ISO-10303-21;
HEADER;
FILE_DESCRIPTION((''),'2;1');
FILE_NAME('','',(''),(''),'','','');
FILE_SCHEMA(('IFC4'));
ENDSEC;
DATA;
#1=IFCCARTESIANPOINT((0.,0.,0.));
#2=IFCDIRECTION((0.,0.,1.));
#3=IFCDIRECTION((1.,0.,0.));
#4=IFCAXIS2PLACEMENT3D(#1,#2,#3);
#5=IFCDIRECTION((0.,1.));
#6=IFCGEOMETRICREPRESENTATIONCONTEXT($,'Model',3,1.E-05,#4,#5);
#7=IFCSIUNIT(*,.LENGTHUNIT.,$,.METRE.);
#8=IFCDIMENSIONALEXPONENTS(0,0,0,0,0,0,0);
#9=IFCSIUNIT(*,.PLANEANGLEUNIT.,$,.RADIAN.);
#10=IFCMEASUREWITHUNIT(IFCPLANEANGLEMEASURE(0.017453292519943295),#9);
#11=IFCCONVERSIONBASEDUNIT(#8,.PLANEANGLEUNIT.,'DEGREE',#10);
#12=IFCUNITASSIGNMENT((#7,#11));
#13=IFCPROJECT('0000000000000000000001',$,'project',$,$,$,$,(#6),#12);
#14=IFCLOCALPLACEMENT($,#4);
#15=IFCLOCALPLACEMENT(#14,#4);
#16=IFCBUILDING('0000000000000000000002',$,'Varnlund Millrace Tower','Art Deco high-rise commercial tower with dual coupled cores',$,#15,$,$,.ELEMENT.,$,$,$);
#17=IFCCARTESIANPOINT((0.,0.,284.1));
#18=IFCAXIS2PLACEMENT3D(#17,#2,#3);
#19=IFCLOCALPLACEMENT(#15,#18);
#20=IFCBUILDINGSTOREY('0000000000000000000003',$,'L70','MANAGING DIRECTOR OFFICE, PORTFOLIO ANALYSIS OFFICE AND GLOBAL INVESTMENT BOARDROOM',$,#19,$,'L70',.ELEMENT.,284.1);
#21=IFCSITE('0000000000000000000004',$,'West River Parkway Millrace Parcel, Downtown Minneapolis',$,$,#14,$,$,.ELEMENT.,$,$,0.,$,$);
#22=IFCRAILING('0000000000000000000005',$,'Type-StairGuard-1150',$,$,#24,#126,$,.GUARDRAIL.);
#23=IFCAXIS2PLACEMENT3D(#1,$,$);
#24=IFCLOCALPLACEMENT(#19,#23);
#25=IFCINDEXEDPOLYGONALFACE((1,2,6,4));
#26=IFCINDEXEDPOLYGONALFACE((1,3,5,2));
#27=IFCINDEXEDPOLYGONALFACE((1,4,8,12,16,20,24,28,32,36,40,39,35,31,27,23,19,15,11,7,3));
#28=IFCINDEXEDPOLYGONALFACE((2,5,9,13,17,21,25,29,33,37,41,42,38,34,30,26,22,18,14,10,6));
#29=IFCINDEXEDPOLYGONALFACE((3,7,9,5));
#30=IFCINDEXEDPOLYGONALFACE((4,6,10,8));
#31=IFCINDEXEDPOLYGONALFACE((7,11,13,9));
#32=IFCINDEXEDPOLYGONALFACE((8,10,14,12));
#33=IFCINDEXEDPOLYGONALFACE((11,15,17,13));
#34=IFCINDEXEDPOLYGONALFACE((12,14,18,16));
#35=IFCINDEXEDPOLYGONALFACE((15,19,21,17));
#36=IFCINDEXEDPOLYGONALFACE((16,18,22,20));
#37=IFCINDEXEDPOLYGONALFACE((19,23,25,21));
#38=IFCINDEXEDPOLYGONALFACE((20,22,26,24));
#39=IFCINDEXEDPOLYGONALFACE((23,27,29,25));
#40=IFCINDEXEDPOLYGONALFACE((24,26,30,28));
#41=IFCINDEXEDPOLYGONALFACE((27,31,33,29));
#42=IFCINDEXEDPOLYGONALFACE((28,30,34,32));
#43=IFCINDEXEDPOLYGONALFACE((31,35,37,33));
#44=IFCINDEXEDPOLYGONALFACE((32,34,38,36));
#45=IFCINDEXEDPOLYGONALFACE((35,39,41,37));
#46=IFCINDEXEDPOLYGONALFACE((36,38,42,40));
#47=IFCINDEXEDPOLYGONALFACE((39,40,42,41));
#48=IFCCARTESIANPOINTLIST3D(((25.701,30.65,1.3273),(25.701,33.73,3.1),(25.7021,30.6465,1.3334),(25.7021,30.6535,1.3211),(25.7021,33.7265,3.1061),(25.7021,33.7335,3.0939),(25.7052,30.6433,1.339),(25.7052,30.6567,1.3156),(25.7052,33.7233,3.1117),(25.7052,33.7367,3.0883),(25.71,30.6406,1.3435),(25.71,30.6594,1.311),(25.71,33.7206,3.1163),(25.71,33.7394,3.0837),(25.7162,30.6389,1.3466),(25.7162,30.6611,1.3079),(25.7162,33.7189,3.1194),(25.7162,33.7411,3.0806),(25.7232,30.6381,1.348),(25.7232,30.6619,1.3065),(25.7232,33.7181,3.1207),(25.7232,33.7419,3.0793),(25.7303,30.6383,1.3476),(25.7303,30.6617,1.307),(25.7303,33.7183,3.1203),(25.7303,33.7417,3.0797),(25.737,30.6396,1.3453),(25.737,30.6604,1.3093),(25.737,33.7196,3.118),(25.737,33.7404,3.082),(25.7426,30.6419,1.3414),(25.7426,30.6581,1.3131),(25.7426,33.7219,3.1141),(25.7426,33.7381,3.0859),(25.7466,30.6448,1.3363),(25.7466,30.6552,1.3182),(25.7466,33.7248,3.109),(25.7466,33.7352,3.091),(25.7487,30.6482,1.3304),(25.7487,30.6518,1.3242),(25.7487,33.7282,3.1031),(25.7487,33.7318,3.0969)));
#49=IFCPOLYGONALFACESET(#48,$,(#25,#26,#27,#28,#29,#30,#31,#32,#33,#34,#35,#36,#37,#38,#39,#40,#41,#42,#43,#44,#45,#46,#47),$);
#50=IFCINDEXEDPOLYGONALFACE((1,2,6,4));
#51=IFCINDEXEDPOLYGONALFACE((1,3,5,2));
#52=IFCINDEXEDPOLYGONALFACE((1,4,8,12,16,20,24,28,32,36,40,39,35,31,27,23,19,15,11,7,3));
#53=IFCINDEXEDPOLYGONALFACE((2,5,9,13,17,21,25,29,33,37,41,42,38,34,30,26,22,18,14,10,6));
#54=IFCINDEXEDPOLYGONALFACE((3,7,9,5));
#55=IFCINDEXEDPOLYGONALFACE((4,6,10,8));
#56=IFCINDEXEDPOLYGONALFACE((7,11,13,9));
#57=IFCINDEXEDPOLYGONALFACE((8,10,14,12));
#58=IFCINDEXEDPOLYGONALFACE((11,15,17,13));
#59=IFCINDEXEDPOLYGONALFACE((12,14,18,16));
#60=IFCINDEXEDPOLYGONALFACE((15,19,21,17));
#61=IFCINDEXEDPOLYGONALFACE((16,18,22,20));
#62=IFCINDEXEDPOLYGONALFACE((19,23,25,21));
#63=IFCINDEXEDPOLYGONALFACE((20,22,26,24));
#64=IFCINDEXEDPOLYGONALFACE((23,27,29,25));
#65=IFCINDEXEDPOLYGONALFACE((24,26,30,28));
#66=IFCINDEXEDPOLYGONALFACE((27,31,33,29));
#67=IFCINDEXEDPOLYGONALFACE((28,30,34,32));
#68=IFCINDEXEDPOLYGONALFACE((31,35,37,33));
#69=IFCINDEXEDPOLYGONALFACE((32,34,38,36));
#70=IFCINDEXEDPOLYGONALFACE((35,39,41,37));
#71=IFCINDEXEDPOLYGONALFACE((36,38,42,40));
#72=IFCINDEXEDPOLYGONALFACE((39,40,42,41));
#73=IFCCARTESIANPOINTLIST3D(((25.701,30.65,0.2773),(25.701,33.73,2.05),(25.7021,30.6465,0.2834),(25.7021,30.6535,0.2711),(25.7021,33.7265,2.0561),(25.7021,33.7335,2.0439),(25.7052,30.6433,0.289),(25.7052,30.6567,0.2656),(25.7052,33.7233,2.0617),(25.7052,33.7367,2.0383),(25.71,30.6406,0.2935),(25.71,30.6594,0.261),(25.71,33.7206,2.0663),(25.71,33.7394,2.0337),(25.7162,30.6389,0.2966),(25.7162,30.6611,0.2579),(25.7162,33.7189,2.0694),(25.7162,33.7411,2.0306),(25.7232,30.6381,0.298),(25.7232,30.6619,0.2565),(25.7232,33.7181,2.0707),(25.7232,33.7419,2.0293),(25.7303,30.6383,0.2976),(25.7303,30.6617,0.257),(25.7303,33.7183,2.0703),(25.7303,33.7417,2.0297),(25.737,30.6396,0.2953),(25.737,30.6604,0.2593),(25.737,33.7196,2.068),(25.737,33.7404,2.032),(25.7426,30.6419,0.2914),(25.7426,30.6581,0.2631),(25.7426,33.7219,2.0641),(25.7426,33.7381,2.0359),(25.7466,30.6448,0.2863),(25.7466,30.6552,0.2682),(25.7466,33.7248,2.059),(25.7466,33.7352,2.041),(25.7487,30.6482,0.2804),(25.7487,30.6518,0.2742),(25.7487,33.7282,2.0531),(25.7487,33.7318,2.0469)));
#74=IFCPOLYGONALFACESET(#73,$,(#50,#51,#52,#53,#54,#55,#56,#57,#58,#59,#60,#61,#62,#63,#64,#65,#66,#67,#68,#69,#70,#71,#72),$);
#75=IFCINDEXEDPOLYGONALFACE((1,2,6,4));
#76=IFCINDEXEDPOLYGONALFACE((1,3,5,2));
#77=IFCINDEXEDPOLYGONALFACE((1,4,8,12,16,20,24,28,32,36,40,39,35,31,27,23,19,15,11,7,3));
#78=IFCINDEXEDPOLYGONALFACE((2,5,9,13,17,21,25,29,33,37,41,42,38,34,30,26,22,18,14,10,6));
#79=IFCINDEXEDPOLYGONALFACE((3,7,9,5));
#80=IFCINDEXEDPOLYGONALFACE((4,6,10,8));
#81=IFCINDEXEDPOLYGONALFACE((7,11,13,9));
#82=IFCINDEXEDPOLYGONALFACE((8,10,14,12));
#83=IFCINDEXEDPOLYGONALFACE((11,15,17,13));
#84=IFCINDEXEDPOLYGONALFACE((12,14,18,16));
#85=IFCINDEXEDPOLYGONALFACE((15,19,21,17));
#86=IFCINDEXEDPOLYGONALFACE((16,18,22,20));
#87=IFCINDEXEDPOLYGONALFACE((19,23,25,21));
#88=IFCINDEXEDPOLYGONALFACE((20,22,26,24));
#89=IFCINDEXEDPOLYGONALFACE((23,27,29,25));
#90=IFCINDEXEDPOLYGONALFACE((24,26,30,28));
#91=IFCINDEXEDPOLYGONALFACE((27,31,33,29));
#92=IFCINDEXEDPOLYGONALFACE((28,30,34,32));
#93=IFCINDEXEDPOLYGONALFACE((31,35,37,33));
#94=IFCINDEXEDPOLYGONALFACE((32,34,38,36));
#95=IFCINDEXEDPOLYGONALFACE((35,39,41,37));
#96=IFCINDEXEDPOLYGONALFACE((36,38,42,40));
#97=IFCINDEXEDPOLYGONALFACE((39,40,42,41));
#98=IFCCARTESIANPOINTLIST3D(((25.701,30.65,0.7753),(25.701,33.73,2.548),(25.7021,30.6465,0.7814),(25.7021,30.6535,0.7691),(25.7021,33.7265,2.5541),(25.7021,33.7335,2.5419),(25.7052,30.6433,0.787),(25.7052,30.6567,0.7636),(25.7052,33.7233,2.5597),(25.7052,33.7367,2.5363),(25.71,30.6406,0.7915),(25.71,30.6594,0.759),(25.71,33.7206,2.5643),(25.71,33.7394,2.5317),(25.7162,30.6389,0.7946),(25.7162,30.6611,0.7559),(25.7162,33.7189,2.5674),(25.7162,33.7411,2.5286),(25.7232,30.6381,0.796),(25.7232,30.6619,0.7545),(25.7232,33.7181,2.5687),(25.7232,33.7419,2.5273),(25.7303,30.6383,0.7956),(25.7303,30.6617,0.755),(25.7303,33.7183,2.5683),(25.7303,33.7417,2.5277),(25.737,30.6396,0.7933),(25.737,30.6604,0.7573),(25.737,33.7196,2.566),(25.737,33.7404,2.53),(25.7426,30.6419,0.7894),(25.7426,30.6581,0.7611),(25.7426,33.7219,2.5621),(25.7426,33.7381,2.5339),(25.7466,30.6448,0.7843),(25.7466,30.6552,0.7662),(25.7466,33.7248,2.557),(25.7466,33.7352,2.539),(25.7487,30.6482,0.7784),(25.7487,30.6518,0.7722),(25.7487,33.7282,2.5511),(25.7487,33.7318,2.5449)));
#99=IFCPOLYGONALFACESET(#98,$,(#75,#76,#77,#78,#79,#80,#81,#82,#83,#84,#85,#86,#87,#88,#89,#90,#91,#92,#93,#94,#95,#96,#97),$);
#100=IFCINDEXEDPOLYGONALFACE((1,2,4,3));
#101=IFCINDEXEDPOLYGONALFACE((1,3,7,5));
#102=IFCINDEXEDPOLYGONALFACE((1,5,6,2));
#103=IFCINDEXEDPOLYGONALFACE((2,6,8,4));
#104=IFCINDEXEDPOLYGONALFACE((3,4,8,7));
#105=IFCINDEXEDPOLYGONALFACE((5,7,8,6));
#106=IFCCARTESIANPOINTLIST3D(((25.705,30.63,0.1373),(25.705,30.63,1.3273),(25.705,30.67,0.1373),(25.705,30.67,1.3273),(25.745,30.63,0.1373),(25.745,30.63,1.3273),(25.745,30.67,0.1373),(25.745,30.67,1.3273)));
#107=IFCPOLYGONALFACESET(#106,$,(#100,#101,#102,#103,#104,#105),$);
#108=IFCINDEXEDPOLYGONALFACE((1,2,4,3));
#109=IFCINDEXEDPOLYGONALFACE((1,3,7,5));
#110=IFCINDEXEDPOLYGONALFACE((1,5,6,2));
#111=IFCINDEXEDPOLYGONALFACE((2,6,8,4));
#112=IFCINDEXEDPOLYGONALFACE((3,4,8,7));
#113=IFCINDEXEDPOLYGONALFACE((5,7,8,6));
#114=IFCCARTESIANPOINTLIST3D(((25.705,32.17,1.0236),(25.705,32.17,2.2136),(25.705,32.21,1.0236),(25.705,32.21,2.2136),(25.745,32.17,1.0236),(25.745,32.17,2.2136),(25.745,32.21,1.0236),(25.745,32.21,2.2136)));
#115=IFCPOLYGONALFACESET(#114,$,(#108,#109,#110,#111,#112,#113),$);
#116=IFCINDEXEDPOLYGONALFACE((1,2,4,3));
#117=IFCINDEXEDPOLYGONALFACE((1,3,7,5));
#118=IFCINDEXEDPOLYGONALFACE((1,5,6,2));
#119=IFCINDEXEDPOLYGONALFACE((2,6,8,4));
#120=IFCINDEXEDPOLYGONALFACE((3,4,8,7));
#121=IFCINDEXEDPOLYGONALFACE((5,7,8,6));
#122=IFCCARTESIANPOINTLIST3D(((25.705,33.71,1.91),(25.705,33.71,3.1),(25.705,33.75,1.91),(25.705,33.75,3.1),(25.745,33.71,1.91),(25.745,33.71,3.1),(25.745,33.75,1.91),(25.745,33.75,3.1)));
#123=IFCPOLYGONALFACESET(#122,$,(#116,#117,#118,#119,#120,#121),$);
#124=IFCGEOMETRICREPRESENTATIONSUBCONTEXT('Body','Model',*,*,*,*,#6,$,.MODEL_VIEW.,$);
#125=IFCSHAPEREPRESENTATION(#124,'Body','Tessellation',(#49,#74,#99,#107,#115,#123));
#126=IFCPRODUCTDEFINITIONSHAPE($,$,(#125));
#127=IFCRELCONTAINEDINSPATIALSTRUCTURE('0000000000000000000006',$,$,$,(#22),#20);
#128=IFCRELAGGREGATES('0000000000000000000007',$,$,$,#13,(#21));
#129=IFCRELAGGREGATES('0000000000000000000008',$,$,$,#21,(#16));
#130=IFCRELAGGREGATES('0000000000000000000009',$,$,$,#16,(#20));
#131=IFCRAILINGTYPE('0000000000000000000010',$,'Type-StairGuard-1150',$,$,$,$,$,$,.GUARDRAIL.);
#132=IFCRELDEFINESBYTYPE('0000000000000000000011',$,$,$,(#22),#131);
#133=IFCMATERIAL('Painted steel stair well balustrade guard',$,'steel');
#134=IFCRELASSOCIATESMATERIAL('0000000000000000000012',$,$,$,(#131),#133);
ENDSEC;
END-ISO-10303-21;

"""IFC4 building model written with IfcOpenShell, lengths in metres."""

from ifc_helpers import new_model, entity, si_unit, converted_unit, direction, frame, origin_with_axes, origin_2d_with_axis, place, context, subcontext, project, spatial, rectangle, circle, extrude, material, type_object, element, save


model = new_model("IFC4")

# Units and contexts
model_context = context("Model", 3, precision=1e-05, world=origin_with_axes(), true_north=direction((0.0, 1.0)))
body_context = subcontext(model_context, "Body", "Model", "MODEL_VIEW")
ifc_project = project(units=[si_unit("LENGTHUNIT", "METRE"), converted_unit("PLANEANGLEUNIT", "DEGREE", entity("IfcPlaneAngleMeasure", 0.017453292519943295), si_unit("PLANEANGLEUNIT", "RADIAN"), dimensions=[0, 0, 0, 0, 0, 0, 0])], contexts=[model_context])

# Site, building, storey
site_placement = place(None, origin_with_axes())
site = spatial("IfcSite", under=ifc_project, at=site_placement, Name="West River Parkway Millrace Parcel, Downtown Minneapolis", CompositionType="ELEMENT", RefElevation=0.0)
building_placement = place(site_placement, origin_with_axes())
building = spatial("IfcBuilding", under=site, at=building_placement, Name="Varnlund Millrace Tower", Description="Art Deco high-rise commercial tower with dual coupled cores", CompositionType="ELEMENT")
storey_placement = place(building_placement, frame((0.0, 0.0, 284.1), z_axis=(0.0, 0.0, 1.0), x_axis=(1.0, 0.0, 0.0)))
storey = spatial("IfcBuildingStorey", under=building, at=storey_placement, Name="L70", Description="MANAGING DIRECTOR OFFICE, PORTFOLIO ANALYSIS OFFICE AND GLOBAL INVESTMENT BOARDROOM", LongName="L70", CompositionType="ELEMENT", Elevation=284.1)

# Railing
ifc_material_1 = material(Name="Painted steel stair well balustrade guard", Category="steel")
railing_type_1 = type_object("IfcRailingType", Name="Type-StairGuard-1150", PredefinedType="GUARDRAIL", material=ifc_material_1)
railing_1_placement = place(storey_placement, frame((0.0, 0.0, -284.1), z_axis=(0.0, 0.0, 1.0), x_axis=(1.0, 0.0, 0.0)))
element("IfcRailing", 1, at=railing_1_placement, inside=storey, type_object=railing_type_1, Name="Type-StairGuard-1150", PredefinedType="GUARDRAIL", context=body_context, shape_type="SweptSolid", body=[
    extrude(circle(Radius=0.024, at=origin_2d_with_axis()), frame((25.725, 30.65, 285.4273), z_axis=(0.0, 0.866696, 0.498836), x_axis=(-1.0, 0.0, 0.0)), (0.0, 0.0, 1.0), 3.5537),
    extrude(circle(Radius=0.024, at=origin_2d_with_axis()), frame((25.725, 30.65, 284.3773), z_axis=(0.0, 0.866696, 0.498836), x_axis=(-1.0, 0.0, 0.0)), (0.0, 0.0, 1.0), 3.5537),
    extrude(circle(Radius=0.024, at=origin_2d_with_axis()), frame((25.725, 30.65, 284.8753), z_axis=(0.0, 0.866696, 0.498836), x_axis=(-1.0, 0.0, 0.0)), (0.0, 0.0, 1.0), 3.5537),
    extrude(rectangle(XDim=0.04, YDim=0.04, at=origin_2d_with_axis()), frame((25.725, 30.65, 284.2373), z_axis=(0.0, 0.0, 1.0), x_axis=(1.0, 0.0, 0.0)), (0.0, 0.0, 1.0), 1.19),
    extrude(rectangle(XDim=0.04, YDim=0.04, at=origin_2d_with_axis()), frame((25.725, 32.19, 285.1236), z_axis=(0.0, 0.0, 1.0), x_axis=(1.0, 0.0, 0.0)), (0.0, 0.0, 1.0), 1.19),
    extrude(rectangle(XDim=0.04, YDim=0.04, at=origin_2d_with_axis()), frame((25.725, 33.73, 286.01), z_axis=(0.0, 0.0, 1.0), x_axis=(1.0, 0.0, 0.0)), (0.0, 0.0, 1.0), 1.19),
])

save(model, "model.ifc")
